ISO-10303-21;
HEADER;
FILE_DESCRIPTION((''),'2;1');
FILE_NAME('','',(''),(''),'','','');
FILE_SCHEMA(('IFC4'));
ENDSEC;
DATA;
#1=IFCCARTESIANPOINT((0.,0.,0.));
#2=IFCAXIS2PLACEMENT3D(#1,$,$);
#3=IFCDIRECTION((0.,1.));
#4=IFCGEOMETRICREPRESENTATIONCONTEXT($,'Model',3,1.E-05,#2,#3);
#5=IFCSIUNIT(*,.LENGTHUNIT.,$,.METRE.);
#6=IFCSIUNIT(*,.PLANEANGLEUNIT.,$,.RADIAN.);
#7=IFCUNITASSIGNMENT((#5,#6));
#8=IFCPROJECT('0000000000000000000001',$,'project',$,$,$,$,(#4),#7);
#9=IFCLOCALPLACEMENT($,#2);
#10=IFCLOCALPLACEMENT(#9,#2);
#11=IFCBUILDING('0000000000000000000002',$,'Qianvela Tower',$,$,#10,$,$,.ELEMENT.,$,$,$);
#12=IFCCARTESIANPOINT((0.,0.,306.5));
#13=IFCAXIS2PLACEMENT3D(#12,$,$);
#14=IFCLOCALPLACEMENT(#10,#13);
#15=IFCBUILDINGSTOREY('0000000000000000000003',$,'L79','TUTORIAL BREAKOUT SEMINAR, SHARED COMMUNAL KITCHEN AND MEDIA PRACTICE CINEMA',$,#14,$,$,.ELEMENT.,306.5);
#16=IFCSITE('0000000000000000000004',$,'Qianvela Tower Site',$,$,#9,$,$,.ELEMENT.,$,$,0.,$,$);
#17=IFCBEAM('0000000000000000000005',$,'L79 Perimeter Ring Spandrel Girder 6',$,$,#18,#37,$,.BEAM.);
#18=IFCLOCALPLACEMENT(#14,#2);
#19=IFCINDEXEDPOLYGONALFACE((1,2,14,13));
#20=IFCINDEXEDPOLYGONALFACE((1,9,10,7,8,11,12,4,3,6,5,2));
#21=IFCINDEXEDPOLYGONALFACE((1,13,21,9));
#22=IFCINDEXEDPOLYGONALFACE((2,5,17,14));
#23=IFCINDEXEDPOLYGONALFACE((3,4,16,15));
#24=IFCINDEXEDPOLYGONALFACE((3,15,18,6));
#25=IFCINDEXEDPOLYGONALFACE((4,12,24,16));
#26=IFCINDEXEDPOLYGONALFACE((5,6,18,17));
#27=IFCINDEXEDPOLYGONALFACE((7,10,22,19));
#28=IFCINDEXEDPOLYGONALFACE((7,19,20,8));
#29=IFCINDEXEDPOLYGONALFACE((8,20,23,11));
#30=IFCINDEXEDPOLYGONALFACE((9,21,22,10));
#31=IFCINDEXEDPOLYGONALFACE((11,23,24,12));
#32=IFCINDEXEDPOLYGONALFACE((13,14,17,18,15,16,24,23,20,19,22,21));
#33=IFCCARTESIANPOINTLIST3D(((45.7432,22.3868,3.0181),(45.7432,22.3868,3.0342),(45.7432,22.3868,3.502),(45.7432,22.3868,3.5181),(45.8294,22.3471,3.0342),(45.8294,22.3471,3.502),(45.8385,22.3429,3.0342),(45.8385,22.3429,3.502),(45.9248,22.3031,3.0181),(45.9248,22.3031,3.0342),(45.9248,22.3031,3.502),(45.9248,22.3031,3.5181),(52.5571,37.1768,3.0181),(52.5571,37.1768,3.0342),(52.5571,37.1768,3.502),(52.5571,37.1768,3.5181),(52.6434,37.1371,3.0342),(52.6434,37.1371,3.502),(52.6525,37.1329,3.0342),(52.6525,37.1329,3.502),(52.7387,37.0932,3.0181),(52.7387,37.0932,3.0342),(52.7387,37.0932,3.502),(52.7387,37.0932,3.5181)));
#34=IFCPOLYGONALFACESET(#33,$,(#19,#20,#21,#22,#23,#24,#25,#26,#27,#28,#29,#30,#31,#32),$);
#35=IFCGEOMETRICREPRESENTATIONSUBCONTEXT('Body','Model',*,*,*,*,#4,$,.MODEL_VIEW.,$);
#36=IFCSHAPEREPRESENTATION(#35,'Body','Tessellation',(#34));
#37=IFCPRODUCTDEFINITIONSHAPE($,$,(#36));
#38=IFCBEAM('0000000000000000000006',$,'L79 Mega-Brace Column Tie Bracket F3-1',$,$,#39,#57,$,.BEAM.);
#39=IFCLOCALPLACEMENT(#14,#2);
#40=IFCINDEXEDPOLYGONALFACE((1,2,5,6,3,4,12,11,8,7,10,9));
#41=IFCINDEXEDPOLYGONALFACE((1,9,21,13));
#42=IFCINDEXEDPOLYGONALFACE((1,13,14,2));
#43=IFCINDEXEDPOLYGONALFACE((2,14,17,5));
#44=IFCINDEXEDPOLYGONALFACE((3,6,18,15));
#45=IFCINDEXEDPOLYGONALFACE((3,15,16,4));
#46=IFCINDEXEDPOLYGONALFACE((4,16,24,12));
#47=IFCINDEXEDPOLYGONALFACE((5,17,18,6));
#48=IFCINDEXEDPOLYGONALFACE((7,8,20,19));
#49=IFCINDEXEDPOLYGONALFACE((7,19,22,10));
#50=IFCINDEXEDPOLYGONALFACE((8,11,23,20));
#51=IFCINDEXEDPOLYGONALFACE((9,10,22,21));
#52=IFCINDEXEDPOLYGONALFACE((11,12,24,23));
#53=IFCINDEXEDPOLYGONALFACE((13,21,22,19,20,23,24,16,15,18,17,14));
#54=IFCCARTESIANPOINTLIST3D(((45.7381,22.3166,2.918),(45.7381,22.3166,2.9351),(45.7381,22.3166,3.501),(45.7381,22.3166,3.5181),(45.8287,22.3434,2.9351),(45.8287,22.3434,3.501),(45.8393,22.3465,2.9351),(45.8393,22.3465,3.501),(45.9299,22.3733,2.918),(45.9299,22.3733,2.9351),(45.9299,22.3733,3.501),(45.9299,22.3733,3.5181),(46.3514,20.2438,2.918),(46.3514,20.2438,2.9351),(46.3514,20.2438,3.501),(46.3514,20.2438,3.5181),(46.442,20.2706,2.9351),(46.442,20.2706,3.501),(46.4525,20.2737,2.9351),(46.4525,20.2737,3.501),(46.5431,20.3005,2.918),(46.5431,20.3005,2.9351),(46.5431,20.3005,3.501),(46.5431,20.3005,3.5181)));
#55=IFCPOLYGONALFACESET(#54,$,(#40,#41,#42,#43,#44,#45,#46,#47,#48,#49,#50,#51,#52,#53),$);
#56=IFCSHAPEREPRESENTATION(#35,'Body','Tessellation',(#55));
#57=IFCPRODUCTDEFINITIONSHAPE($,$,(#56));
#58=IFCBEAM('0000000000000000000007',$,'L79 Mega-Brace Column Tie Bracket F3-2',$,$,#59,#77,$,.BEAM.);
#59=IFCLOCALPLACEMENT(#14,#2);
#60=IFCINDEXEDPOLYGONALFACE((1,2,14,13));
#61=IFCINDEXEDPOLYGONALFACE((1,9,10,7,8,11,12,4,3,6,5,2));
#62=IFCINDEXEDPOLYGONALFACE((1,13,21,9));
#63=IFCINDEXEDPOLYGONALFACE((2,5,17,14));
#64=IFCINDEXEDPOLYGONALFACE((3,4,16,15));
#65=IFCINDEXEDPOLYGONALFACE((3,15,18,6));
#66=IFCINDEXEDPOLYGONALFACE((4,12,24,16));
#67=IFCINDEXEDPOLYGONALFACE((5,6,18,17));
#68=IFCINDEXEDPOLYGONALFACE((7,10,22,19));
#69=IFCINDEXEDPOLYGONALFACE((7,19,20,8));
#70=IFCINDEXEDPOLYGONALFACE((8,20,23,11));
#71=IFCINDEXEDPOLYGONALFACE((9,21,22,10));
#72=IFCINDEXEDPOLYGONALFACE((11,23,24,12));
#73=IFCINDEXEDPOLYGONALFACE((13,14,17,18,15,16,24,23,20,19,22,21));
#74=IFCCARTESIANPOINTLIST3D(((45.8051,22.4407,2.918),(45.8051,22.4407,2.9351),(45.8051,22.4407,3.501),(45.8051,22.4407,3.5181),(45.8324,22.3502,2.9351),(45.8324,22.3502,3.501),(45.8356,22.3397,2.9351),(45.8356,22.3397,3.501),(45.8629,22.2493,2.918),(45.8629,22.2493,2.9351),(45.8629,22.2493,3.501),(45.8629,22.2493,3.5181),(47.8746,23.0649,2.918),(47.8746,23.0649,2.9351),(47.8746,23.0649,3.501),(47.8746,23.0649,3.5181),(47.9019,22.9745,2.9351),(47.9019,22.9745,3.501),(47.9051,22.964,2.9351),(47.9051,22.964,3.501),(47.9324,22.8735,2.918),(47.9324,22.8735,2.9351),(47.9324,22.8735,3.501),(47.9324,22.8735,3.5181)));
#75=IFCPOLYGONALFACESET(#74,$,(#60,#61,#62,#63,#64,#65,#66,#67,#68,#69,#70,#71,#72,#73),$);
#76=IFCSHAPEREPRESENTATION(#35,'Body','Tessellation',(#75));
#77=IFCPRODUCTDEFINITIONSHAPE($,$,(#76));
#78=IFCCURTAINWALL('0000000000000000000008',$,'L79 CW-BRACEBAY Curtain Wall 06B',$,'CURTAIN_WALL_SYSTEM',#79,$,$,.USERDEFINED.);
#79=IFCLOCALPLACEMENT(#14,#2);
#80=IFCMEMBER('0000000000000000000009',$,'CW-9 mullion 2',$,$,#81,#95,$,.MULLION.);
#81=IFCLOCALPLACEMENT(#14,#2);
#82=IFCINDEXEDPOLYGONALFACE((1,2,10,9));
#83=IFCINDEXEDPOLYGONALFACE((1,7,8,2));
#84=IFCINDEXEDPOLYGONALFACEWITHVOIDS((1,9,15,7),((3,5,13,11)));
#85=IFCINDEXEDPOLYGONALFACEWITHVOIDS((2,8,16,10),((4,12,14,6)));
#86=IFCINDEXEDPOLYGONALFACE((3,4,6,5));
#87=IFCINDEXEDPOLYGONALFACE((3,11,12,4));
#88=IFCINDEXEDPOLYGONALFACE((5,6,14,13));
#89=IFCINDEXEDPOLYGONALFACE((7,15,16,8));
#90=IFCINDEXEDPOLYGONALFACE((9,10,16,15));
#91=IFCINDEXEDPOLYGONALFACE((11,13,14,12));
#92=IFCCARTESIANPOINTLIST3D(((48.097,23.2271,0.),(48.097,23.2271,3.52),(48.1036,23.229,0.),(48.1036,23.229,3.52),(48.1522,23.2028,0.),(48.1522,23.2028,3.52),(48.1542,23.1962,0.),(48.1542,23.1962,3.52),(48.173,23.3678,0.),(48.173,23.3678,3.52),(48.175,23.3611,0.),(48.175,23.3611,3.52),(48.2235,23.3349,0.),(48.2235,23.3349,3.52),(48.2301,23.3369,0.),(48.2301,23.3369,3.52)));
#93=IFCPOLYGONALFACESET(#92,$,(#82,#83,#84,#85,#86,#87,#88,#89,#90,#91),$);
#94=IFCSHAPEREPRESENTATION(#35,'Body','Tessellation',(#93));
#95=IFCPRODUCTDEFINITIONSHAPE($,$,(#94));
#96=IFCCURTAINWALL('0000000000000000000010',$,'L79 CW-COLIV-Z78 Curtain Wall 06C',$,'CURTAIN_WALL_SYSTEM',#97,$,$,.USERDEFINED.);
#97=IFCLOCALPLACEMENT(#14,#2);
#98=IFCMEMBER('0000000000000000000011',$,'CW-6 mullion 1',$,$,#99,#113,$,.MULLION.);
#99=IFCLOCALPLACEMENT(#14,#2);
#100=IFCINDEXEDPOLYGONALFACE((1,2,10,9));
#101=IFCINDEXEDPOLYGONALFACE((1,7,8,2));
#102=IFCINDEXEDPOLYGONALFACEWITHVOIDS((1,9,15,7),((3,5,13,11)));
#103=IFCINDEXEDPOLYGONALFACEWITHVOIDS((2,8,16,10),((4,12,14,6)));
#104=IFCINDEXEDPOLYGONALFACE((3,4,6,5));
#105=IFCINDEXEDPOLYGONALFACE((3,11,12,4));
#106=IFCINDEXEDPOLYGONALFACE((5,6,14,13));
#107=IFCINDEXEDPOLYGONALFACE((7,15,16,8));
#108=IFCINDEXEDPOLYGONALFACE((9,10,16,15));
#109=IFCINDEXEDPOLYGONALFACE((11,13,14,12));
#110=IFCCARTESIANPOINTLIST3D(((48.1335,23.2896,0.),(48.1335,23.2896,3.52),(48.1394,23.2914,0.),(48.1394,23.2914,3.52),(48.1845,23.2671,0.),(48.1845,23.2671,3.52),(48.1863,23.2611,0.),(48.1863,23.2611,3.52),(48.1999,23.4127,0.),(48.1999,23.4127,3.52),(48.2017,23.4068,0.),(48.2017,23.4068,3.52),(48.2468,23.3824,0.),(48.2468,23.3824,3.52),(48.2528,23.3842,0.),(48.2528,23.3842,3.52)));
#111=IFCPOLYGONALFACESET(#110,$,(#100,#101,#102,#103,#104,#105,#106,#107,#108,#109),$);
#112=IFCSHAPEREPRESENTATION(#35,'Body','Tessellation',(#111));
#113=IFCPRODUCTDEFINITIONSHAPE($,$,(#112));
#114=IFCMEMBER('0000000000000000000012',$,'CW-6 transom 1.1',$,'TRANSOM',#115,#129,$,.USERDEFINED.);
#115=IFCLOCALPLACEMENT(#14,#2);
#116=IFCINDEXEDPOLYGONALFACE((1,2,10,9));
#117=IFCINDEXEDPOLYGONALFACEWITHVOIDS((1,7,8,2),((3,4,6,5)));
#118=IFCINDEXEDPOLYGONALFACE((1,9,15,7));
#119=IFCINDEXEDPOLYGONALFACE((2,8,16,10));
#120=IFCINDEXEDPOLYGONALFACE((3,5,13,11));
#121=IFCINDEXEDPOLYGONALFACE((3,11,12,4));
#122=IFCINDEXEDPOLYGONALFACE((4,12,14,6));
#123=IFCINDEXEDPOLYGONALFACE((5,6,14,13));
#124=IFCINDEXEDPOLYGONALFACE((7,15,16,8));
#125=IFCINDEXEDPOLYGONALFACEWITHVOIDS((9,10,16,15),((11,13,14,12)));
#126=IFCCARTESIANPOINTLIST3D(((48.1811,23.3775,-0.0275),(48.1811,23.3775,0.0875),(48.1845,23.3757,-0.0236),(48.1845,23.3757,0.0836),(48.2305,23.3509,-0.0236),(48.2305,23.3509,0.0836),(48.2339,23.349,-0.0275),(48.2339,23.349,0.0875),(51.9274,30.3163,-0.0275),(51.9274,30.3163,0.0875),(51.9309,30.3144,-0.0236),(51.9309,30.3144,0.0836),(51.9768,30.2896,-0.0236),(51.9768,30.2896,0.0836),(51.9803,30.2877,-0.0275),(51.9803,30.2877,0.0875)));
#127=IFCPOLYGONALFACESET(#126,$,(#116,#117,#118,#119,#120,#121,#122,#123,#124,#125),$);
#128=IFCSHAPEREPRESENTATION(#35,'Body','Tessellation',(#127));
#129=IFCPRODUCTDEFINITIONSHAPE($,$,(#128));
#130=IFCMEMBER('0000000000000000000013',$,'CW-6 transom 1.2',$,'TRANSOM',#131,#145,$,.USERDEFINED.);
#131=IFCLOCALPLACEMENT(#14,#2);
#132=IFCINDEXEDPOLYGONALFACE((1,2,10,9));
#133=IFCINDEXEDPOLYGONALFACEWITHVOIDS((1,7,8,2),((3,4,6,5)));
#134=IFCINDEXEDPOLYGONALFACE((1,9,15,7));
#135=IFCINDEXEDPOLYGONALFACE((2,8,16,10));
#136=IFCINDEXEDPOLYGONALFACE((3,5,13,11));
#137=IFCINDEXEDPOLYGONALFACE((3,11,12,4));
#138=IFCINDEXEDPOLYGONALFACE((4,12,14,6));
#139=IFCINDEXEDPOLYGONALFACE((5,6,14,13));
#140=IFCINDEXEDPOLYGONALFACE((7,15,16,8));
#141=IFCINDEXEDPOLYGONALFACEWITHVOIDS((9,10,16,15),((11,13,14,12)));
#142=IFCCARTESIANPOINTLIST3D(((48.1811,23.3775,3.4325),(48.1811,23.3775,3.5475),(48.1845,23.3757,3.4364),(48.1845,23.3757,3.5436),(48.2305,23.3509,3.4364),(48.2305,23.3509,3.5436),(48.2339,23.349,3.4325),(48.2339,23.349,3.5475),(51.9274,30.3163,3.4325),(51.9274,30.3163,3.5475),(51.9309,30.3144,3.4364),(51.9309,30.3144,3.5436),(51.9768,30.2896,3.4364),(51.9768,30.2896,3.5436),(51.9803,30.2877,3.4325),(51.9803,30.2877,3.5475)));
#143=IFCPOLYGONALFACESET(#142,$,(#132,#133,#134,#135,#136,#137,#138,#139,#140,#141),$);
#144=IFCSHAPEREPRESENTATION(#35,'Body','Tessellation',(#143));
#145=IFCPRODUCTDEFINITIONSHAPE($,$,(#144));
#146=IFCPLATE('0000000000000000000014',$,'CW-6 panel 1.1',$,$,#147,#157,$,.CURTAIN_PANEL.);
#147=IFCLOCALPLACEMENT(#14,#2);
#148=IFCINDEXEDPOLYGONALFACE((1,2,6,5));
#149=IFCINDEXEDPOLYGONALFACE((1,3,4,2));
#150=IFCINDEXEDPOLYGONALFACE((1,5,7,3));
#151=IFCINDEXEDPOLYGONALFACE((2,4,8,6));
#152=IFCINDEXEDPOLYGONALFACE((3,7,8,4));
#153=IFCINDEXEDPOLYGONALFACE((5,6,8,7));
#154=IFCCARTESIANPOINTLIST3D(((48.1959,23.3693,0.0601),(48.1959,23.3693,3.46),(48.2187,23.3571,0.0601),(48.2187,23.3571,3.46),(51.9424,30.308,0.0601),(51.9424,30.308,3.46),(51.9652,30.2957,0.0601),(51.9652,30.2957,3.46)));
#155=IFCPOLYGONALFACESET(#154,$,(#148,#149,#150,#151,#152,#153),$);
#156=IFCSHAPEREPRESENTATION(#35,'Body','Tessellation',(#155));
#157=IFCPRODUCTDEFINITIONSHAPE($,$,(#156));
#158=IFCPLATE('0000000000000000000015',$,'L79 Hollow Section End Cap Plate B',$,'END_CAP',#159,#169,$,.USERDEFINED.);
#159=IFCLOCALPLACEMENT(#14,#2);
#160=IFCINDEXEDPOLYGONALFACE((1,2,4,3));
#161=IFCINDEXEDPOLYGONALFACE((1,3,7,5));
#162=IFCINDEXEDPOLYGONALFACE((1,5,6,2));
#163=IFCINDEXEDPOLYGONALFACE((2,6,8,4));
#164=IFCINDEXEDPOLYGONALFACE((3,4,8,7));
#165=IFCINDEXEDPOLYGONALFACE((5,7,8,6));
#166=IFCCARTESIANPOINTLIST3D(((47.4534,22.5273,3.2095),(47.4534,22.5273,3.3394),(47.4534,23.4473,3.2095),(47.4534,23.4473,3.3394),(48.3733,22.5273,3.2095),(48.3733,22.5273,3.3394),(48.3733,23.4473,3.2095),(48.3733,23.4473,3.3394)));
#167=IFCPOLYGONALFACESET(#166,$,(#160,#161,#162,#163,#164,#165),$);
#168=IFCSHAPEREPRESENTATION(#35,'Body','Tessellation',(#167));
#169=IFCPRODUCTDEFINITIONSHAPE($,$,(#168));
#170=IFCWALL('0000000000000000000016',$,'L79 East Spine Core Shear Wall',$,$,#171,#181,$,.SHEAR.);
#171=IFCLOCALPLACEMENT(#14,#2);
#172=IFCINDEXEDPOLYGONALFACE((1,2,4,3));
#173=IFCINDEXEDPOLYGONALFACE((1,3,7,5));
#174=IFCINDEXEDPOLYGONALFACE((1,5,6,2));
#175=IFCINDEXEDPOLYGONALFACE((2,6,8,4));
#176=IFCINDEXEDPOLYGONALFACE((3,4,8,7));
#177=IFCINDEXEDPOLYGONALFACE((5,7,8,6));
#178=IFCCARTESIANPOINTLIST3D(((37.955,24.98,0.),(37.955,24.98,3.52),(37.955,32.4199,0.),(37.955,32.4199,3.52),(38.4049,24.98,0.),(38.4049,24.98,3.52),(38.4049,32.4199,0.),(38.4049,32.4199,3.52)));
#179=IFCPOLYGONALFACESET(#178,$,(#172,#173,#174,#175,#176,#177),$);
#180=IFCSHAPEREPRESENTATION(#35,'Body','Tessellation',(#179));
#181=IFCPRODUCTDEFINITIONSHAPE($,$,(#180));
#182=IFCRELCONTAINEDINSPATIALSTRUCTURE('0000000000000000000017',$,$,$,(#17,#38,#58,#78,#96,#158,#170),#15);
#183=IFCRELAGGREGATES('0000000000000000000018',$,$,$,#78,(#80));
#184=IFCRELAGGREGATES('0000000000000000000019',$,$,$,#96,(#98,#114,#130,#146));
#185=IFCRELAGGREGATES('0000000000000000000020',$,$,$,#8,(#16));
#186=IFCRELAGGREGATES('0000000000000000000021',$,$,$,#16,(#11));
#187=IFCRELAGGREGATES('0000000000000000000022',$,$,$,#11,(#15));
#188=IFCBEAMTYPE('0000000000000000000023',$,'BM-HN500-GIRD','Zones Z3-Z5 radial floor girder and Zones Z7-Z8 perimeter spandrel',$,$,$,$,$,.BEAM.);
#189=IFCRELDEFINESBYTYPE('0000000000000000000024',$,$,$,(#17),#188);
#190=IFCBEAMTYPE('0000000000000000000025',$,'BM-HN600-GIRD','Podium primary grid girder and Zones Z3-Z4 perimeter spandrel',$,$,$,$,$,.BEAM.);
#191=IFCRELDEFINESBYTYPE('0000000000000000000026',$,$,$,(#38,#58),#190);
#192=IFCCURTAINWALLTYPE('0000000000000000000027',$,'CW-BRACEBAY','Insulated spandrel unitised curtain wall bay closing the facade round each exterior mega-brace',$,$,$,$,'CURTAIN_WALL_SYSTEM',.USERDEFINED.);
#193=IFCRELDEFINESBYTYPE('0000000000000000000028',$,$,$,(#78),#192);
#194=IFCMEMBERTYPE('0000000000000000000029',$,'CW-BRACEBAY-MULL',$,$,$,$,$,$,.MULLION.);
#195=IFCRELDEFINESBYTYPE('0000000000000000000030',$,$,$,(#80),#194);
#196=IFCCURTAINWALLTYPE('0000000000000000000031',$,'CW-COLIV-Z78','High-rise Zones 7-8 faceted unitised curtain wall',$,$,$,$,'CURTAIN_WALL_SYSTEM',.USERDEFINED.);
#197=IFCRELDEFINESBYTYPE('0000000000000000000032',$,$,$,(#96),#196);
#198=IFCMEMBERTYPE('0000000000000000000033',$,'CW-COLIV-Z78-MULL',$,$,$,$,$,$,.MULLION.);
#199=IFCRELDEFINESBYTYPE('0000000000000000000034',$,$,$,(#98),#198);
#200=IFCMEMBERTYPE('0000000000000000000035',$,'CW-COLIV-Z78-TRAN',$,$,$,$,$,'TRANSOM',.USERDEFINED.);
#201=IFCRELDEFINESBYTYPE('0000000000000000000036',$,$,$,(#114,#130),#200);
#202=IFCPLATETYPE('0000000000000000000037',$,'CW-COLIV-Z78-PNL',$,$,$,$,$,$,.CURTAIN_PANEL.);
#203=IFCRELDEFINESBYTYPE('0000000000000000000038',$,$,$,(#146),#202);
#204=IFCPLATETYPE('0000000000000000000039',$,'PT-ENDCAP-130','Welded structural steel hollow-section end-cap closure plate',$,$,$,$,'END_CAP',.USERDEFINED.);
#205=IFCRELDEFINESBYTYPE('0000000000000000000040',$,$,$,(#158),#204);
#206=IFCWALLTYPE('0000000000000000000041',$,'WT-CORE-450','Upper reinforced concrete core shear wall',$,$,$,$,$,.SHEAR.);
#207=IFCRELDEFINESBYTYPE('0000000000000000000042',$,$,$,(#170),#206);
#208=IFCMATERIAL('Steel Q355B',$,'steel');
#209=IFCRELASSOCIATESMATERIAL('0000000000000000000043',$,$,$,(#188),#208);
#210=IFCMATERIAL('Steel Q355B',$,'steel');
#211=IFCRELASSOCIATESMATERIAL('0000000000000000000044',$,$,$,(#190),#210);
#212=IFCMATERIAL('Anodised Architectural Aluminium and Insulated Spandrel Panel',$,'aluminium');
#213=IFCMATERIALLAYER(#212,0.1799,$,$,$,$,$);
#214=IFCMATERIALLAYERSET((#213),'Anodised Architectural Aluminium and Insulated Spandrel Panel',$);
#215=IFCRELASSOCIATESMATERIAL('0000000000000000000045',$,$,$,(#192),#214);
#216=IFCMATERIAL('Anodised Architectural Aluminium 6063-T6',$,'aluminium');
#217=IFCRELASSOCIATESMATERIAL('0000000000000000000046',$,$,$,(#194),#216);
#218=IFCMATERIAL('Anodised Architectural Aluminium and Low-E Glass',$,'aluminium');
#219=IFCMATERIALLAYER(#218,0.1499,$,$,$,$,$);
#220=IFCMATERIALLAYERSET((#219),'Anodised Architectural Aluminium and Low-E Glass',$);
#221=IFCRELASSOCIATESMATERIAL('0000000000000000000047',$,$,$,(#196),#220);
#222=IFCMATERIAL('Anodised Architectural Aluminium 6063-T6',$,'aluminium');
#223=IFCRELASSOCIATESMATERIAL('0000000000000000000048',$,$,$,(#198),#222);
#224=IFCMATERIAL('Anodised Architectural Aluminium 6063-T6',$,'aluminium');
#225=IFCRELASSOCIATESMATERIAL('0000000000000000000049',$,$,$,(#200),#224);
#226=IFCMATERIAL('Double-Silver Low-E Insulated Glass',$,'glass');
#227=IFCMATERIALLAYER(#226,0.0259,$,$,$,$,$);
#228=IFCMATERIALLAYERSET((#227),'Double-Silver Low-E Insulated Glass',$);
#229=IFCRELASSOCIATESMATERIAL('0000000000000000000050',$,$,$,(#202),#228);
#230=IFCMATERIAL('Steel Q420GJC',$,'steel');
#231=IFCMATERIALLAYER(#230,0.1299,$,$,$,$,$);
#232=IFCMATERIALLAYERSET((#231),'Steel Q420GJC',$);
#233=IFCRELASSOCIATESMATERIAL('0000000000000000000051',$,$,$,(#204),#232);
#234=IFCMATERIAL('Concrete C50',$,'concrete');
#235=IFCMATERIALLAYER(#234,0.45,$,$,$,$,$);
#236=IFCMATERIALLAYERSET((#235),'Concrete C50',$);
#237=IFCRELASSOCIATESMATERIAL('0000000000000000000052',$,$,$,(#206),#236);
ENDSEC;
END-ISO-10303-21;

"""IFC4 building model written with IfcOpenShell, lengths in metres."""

from ifc_helpers import new_model, si_unit, direction, frame, frame_2d, origin, origin_2d, place, context, subcontext, project, spatial, rectangle, hollow_rectangle, i_section, extrude, material, layer, layer_set, material_profile, profile_set, type_object, element, aggregate, save


model = new_model("IFC4")

# Units and contexts
model_context = context("Model", 3, precision=1e-05, world=origin(), true_north=direction((0.0, 1.0)))
body_context = subcontext(model_context, "Body", "Model", "MODEL_VIEW")
ifc_project = project(units=[si_unit("LENGTHUNIT", "METRE"), si_unit("PLANEANGLEUNIT", "RADIAN")], contexts=[model_context])

# Site, building, storey
site_placement = place(None, origin())
site = spatial("IfcSite", under=ifc_project, at=site_placement, Name="Qianvela Tower Site", CompositionType="ELEMENT", RefElevation=0.0)
building_placement = place(site_placement, origin())
building = spatial("IfcBuilding", under=site, at=building_placement, Name="Qianvela Tower", CompositionType="ELEMENT")
storey_placement = place(building_placement, frame((0.0, 0.0, 306.5)))
storey = spatial("IfcBuildingStorey", under=building, at=storey_placement, Name="L79", Description="TUTORIAL BREAKOUT SEMINAR, SHARED COMMUNAL KITCHEN AND MEDIA PRACTICE CINEMA", CompositionType="ELEMENT", Elevation=306.5)

# Beams
ifc_material_1 = material(Name="Steel Q355B", Category="steel")
ifc_material_profile_1 = material_profile(ifc_material_1, i_section(OverallWidth=0.2, OverallDepth=0.5, WebThickness=0.01, FlangeThickness=0.0161, at=origin_2d()), Name="HN500x200x10x16")
ifc_profile_set_1 = profile_set([ifc_material_profile_1], Name="Steel Q355B")
beam_type_1 = type_object("IfcBeamType", Name="BM-HN500-GIRD", Description="Zones Z3-Z5 radial floor girder and Zones Z7-Z8 perimeter spandrel", PredefinedType="BEAM", material=ifc_profile_set_1)
beam_placement = place(storey_placement, frame((45.834, 22.345, 3.2681), z_axis=(0.41844, 0.908244, 0.0), x_axis=(-0.908244, 0.41844, 0.0)))
element("IfcBeam", 1, at=beam_placement, inside=storey, type_object=beam_type_1, Name="L79 Perimeter Ring Spandrel Girder 6", PredefinedType="BEAM", context=body_context, shape_type="SweptSolid", body=[
    extrude(i_section(OverallWidth=0.2, OverallDepth=0.5, WebThickness=0.01, FlangeThickness=0.0161, at=origin_2d()), origin(), (0.0, 0.0, 1.0), 16.2842),
])
ifc_material_2 = material(Name="Steel Q355B", Category="steel")
ifc_material_profile_2 = material_profile(ifc_material_2, i_section(OverallWidth=0.2, OverallDepth=0.6001, WebThickness=0.011, FlangeThickness=0.0171, at=origin_2d()), Name="HN600x200x11x17")
ifc_profile_set_2 = profile_set([ifc_material_profile_2], Name="Steel Q355B")
beam_type_2 = type_object("IfcBeamType", Name="BM-HN600-GIRD", Description="Podium primary grid girder and Zones Z3-Z4 perimeter spandrel", PredefinedType="BEAM", material=ifc_profile_set_2)
for number, where, z_axis, x_axis, name in (
    (2, (45.834, 22.345, 3.218), (0.283719, -0.958907, 0.0), (0.958907, 0.283719, 0.0), "L79 Mega-Brace Column Tie Bracket F3-1"),
    (3, (45.834, 22.345, 3.218), (0.957393, 0.288788, 0.0), (-0.288788, 0.957393, 0.0), "L79 Mega-Brace Column Tie Bracket F3-2"),
):
    element("IfcBeam", number, at=place(storey_placement, frame(where, z_axis=z_axis, x_axis=x_axis)), inside=storey, type_object=beam_type_2, Name=name, PredefinedType="BEAM", context=body_context, shape_type="SweptSolid", body=[
        extrude(i_section(OverallWidth=0.2, OverallDepth=0.6001, WebThickness=0.011, FlangeThickness=0.0171, at=origin_2d()), origin(), (0.0, 0.0, 1.0), 2.1616),
    ])

# Curtain wall, member
ifc_material_3 = material(Name="Anodised Architectural Aluminium and Insulated Spandrel Panel", Category="aluminium")
ifc_layer_1 = layer(ifc_material_3, 0.1799)
ifc_layer_set_1 = layer_set([ifc_layer_1], Name="Anodised Architectural Aluminium and Insulated Spandrel Panel")
curtain_wall_type_1 = type_object("IfcCurtainWallType", Name="CW-BRACEBAY", Description="Insulated spandrel unitised curtain wall bay closing the facade round each exterior mega-brace", ElementType="CURTAIN_WALL_SYSTEM", PredefinedType="USERDEFINED", material=ifc_layer_set_1)
curtain_wall_1_placement = place(storey_placement, origin())
curtain_wall_1 = element("IfcCurtainWall", 4, at=curtain_wall_1_placement, inside=storey, type_object=curtain_wall_type_1, Name="L79 CW-BRACEBAY Curtain Wall 06B", ObjectType="CURTAIN_WALL_SYSTEM", PredefinedType="USERDEFINED")
ifc_material_4 = material(Name="Anodised Architectural Aluminium 6063-T6", Category="aluminium")
ifc_material_profile_3 = material_profile(ifc_material_4, hollow_rectangle(XDim=0.0649, YDim=0.1599, WallThickness=0.0049, at=origin_2d()), Name="ALU-MULL-65x160")
ifc_profile_set_3 = profile_set([ifc_material_profile_3], Name="Anodised Architectural Aluminium 6063-T6")
member_type_1 = type_object("IfcMemberType", Name="CW-BRACEBAY-MULL", PredefinedType="MULLION", material=ifc_profile_set_3)
member_1_placement = place(storey_placement, frame((48.1636, 23.282, 0.0), z_axis=(0.0, 0.0, 1.0), x_axis=(-0.879908, 0.475145, 0.0)))
member_1 = element("IfcMember", 5, at=member_1_placement, type_object=member_type_1, Name="CW-9 mullion 2", PredefinedType="MULLION", context=body_context, shape_type="SweptSolid", body=[
    extrude(hollow_rectangle(XDim=0.0649, YDim=0.1599, WallThickness=0.0049, at=origin_2d()), origin(), (0.0, 0.0, 1.0), 3.52),
])
aggregate(curtain_wall_1, [member_1])

# Curtain wall, members, plate
ifc_material_5 = material(Name="Anodised Architectural Aluminium and Low-E Glass", Category="aluminium")
ifc_layer_2 = layer(ifc_material_5, 0.1499)
ifc_layer_set_2 = layer_set([ifc_layer_2], Name="Anodised Architectural Aluminium and Low-E Glass")
curtain_wall_type_2 = type_object("IfcCurtainWallType", Name="CW-COLIV-Z78", Description="High-rise Zones 7-8 faceted unitised curtain wall", ElementType="CURTAIN_WALL_SYSTEM", PredefinedType="USERDEFINED", material=ifc_layer_set_2)
curtain_wall_2_placement = place(storey_placement, origin())
curtain_wall_2 = element("IfcCurtainWall", 6, at=curtain_wall_2_placement, inside=storey, type_object=curtain_wall_type_2, Name="L79 CW-COLIV-Z78 Curtain Wall 06C", ObjectType="CURTAIN_WALL_SYSTEM", PredefinedType="USERDEFINED")
ifc_material_6 = material(Name="Anodised Architectural Aluminium 6063-T6", Category="aluminium")
ifc_material_profile_4 = material_profile(ifc_material_6, hollow_rectangle(XDim=0.0601, YDim=0.1399, WallThickness=0.0044, at=origin_2d()), Name="ALU-MULL-60x140")
ifc_profile_set_4 = profile_set([ifc_material_profile_4], Name="Anodised Architectural Aluminium 6063-T6")
member_type_2 = type_object("IfcMemberType", Name="CW-COLIV-Z78-MULL", PredefinedType="MULLION", material=ifc_profile_set_4)
member_2_placement = place(storey_placement, frame((48.1931, 23.3369, 0.0), z_axis=(0.0, 0.0, 1.0), x_axis=(-0.879924, 0.475114, 0.0)))
member_2 = element("IfcMember", 7, at=member_2_placement, type_object=member_type_2, Name="CW-6 mullion 1", PredefinedType="MULLION", context=body_context, shape_type="SweptSolid", body=[
    extrude(hollow_rectangle(XDim=0.0601, YDim=0.1399, WallThickness=0.0044, at=origin_2d()), origin(), (0.0, 0.0, 1.0), 3.52),
])
ifc_material_7 = material(Name="Anodised Architectural Aluminium 6063-T6", Category="aluminium")
ifc_material_profile_5 = material_profile(ifc_material_7, hollow_rectangle(XDim=0.0601, YDim=0.115, WallThickness=0.0039, at=origin_2d()), Name="ALU-TRAN-60x115")
ifc_profile_set_5 = profile_set([ifc_material_profile_5], Name="Anodised Architectural Aluminium 6063-T6")
member_type_3 = type_object("IfcMemberType", Name="CW-COLIV-Z78-TRAN", ElementType="TRANSOM", PredefinedType="USERDEFINED", material=ifc_profile_set_5)
member_3_placement = place(storey_placement, frame((48.2075, 23.3633, 0.03), z_axis=(0.475093, 0.879936, 0.0), x_axis=(-0.879936, 0.475093, 0.0)))
member_3 = element("IfcMember", 8, at=member_3_placement, type_object=member_type_3, Name="CW-6 transom 1.1", ObjectType="TRANSOM", PredefinedType="USERDEFINED", context=body_context, shape_type="SweptSolid", body=[
    extrude(hollow_rectangle(XDim=0.0601, YDim=0.115, WallThickness=0.0039, at=origin_2d()), origin(), (0.0, 0.0, 1.0), 7.8855),
])
member_4_placement = place(storey_placement, frame((48.2075, 23.3633, 3.49), z_axis=(0.475093, 0.879936, 0.0), x_axis=(-0.879936, 0.475093, 0.0)))
member_4 = element("IfcMember", 9, at=member_4_placement, type_object=member_type_3, Name="CW-6 transom 1.2", ObjectType="TRANSOM", PredefinedType="USERDEFINED", context=body_context, shape_type="SweptSolid", body=[
    extrude(hollow_rectangle(XDim=0.0601, YDim=0.115, WallThickness=0.0039, at=origin_2d()), origin(), (0.0, 0.0, 1.0), 7.8855),
])
ifc_material_8 = material(Name="Double-Silver Low-E Insulated Glass", Category="glass")
ifc_layer_3 = layer(ifc_material_8, 0.0259)
ifc_layer_set_3 = layer_set([ifc_layer_3], Name="Double-Silver Low-E Insulated Glass")
plate_type_1 = type_object("IfcPlateType", Name="CW-COLIV-Z78-PNL", PredefinedType="CURTAIN_PANEL", material=ifc_layer_set_3)
plate_1_placement = place(storey_placement, frame((50.0806, 26.8325, 0.0601), z_axis=(0.0, 0.0, 1.0), x_axis=(0.475114, 0.879924, 0.0)))
plate_1 = element("IfcPlate", 10, at=plate_1_placement, type_object=plate_type_1, Name="CW-6 panel 1.1", PredefinedType="CURTAIN_PANEL", context=body_context, shape_type="SweptSolid", body=[
    extrude(rectangle(XDim=7.8855, YDim=0.0259, at=origin_2d()), origin(), (0.0, 0.0, 1.0), 3.3999),
])
aggregate(curtain_wall_2, [member_2, member_3, member_4, plate_1])

# Plate
ifc_material_9 = material(Name="Steel Q420GJC", Category="steel")
ifc_layer_4 = layer(ifc_material_9, 0.1299)
ifc_layer_set_4 = layer_set([ifc_layer_4], Name="Steel Q420GJC")
plate_type_2 = type_object("IfcPlateType", Name="PT-ENDCAP-130", Description="Welded structural steel hollow-section end-cap closure plate", ElementType="END_CAP", PredefinedType="USERDEFINED", material=ifc_layer_set_4)
plate_2_placement = place(storey_placement, frame((47.9133, 22.9873, 3.2095), z_axis=(0.0, 0.0, 1.0), x_axis=(1.0, 0.0, 0.0)))
element("IfcPlate", 11, at=plate_2_placement, inside=storey, type_object=plate_type_2, Name="L79 Hollow Section End Cap Plate B", ObjectType="END_CAP", PredefinedType="USERDEFINED", context=body_context, shape_type="SweptSolid", body=[
    extrude(rectangle(XDim=0.9199, YDim=0.9199, at=origin_2d()), origin(), (0.0, 0.0, 1.0), 0.1299),
])

# Wall
ifc_material_10 = material(Name="Concrete C50", Category="concrete")
ifc_layer_5 = layer(ifc_material_10, 0.45)
ifc_layer_set_5 = layer_set([ifc_layer_5], Name="Concrete C50")
wall_type_1 = type_object("IfcWallType", Name="WT-CORE-450", Description="Upper reinforced concrete core shear wall", PredefinedType="SHEAR", material=ifc_layer_set_5)
wall_1_placement = place(storey_placement, frame((38.1799, 24.98, 0.0), z_axis=(0.0, 0.0, 1.0), x_axis=(0.0, 1.0, 0.0)))
element("IfcWall", 12, at=wall_1_placement, inside=storey, type_object=wall_type_1, Name="L79 East Spine Core Shear Wall", PredefinedType="SHEAR", context=body_context, shape_type="SweptSolid", body=[
    extrude(rectangle(XDim=7.4399, YDim=0.45, at=frame_2d((3.72, 0.0))), origin(), (0.0, 0.0, 1.0), 3.52),
])

save(model, "model.ifc")
